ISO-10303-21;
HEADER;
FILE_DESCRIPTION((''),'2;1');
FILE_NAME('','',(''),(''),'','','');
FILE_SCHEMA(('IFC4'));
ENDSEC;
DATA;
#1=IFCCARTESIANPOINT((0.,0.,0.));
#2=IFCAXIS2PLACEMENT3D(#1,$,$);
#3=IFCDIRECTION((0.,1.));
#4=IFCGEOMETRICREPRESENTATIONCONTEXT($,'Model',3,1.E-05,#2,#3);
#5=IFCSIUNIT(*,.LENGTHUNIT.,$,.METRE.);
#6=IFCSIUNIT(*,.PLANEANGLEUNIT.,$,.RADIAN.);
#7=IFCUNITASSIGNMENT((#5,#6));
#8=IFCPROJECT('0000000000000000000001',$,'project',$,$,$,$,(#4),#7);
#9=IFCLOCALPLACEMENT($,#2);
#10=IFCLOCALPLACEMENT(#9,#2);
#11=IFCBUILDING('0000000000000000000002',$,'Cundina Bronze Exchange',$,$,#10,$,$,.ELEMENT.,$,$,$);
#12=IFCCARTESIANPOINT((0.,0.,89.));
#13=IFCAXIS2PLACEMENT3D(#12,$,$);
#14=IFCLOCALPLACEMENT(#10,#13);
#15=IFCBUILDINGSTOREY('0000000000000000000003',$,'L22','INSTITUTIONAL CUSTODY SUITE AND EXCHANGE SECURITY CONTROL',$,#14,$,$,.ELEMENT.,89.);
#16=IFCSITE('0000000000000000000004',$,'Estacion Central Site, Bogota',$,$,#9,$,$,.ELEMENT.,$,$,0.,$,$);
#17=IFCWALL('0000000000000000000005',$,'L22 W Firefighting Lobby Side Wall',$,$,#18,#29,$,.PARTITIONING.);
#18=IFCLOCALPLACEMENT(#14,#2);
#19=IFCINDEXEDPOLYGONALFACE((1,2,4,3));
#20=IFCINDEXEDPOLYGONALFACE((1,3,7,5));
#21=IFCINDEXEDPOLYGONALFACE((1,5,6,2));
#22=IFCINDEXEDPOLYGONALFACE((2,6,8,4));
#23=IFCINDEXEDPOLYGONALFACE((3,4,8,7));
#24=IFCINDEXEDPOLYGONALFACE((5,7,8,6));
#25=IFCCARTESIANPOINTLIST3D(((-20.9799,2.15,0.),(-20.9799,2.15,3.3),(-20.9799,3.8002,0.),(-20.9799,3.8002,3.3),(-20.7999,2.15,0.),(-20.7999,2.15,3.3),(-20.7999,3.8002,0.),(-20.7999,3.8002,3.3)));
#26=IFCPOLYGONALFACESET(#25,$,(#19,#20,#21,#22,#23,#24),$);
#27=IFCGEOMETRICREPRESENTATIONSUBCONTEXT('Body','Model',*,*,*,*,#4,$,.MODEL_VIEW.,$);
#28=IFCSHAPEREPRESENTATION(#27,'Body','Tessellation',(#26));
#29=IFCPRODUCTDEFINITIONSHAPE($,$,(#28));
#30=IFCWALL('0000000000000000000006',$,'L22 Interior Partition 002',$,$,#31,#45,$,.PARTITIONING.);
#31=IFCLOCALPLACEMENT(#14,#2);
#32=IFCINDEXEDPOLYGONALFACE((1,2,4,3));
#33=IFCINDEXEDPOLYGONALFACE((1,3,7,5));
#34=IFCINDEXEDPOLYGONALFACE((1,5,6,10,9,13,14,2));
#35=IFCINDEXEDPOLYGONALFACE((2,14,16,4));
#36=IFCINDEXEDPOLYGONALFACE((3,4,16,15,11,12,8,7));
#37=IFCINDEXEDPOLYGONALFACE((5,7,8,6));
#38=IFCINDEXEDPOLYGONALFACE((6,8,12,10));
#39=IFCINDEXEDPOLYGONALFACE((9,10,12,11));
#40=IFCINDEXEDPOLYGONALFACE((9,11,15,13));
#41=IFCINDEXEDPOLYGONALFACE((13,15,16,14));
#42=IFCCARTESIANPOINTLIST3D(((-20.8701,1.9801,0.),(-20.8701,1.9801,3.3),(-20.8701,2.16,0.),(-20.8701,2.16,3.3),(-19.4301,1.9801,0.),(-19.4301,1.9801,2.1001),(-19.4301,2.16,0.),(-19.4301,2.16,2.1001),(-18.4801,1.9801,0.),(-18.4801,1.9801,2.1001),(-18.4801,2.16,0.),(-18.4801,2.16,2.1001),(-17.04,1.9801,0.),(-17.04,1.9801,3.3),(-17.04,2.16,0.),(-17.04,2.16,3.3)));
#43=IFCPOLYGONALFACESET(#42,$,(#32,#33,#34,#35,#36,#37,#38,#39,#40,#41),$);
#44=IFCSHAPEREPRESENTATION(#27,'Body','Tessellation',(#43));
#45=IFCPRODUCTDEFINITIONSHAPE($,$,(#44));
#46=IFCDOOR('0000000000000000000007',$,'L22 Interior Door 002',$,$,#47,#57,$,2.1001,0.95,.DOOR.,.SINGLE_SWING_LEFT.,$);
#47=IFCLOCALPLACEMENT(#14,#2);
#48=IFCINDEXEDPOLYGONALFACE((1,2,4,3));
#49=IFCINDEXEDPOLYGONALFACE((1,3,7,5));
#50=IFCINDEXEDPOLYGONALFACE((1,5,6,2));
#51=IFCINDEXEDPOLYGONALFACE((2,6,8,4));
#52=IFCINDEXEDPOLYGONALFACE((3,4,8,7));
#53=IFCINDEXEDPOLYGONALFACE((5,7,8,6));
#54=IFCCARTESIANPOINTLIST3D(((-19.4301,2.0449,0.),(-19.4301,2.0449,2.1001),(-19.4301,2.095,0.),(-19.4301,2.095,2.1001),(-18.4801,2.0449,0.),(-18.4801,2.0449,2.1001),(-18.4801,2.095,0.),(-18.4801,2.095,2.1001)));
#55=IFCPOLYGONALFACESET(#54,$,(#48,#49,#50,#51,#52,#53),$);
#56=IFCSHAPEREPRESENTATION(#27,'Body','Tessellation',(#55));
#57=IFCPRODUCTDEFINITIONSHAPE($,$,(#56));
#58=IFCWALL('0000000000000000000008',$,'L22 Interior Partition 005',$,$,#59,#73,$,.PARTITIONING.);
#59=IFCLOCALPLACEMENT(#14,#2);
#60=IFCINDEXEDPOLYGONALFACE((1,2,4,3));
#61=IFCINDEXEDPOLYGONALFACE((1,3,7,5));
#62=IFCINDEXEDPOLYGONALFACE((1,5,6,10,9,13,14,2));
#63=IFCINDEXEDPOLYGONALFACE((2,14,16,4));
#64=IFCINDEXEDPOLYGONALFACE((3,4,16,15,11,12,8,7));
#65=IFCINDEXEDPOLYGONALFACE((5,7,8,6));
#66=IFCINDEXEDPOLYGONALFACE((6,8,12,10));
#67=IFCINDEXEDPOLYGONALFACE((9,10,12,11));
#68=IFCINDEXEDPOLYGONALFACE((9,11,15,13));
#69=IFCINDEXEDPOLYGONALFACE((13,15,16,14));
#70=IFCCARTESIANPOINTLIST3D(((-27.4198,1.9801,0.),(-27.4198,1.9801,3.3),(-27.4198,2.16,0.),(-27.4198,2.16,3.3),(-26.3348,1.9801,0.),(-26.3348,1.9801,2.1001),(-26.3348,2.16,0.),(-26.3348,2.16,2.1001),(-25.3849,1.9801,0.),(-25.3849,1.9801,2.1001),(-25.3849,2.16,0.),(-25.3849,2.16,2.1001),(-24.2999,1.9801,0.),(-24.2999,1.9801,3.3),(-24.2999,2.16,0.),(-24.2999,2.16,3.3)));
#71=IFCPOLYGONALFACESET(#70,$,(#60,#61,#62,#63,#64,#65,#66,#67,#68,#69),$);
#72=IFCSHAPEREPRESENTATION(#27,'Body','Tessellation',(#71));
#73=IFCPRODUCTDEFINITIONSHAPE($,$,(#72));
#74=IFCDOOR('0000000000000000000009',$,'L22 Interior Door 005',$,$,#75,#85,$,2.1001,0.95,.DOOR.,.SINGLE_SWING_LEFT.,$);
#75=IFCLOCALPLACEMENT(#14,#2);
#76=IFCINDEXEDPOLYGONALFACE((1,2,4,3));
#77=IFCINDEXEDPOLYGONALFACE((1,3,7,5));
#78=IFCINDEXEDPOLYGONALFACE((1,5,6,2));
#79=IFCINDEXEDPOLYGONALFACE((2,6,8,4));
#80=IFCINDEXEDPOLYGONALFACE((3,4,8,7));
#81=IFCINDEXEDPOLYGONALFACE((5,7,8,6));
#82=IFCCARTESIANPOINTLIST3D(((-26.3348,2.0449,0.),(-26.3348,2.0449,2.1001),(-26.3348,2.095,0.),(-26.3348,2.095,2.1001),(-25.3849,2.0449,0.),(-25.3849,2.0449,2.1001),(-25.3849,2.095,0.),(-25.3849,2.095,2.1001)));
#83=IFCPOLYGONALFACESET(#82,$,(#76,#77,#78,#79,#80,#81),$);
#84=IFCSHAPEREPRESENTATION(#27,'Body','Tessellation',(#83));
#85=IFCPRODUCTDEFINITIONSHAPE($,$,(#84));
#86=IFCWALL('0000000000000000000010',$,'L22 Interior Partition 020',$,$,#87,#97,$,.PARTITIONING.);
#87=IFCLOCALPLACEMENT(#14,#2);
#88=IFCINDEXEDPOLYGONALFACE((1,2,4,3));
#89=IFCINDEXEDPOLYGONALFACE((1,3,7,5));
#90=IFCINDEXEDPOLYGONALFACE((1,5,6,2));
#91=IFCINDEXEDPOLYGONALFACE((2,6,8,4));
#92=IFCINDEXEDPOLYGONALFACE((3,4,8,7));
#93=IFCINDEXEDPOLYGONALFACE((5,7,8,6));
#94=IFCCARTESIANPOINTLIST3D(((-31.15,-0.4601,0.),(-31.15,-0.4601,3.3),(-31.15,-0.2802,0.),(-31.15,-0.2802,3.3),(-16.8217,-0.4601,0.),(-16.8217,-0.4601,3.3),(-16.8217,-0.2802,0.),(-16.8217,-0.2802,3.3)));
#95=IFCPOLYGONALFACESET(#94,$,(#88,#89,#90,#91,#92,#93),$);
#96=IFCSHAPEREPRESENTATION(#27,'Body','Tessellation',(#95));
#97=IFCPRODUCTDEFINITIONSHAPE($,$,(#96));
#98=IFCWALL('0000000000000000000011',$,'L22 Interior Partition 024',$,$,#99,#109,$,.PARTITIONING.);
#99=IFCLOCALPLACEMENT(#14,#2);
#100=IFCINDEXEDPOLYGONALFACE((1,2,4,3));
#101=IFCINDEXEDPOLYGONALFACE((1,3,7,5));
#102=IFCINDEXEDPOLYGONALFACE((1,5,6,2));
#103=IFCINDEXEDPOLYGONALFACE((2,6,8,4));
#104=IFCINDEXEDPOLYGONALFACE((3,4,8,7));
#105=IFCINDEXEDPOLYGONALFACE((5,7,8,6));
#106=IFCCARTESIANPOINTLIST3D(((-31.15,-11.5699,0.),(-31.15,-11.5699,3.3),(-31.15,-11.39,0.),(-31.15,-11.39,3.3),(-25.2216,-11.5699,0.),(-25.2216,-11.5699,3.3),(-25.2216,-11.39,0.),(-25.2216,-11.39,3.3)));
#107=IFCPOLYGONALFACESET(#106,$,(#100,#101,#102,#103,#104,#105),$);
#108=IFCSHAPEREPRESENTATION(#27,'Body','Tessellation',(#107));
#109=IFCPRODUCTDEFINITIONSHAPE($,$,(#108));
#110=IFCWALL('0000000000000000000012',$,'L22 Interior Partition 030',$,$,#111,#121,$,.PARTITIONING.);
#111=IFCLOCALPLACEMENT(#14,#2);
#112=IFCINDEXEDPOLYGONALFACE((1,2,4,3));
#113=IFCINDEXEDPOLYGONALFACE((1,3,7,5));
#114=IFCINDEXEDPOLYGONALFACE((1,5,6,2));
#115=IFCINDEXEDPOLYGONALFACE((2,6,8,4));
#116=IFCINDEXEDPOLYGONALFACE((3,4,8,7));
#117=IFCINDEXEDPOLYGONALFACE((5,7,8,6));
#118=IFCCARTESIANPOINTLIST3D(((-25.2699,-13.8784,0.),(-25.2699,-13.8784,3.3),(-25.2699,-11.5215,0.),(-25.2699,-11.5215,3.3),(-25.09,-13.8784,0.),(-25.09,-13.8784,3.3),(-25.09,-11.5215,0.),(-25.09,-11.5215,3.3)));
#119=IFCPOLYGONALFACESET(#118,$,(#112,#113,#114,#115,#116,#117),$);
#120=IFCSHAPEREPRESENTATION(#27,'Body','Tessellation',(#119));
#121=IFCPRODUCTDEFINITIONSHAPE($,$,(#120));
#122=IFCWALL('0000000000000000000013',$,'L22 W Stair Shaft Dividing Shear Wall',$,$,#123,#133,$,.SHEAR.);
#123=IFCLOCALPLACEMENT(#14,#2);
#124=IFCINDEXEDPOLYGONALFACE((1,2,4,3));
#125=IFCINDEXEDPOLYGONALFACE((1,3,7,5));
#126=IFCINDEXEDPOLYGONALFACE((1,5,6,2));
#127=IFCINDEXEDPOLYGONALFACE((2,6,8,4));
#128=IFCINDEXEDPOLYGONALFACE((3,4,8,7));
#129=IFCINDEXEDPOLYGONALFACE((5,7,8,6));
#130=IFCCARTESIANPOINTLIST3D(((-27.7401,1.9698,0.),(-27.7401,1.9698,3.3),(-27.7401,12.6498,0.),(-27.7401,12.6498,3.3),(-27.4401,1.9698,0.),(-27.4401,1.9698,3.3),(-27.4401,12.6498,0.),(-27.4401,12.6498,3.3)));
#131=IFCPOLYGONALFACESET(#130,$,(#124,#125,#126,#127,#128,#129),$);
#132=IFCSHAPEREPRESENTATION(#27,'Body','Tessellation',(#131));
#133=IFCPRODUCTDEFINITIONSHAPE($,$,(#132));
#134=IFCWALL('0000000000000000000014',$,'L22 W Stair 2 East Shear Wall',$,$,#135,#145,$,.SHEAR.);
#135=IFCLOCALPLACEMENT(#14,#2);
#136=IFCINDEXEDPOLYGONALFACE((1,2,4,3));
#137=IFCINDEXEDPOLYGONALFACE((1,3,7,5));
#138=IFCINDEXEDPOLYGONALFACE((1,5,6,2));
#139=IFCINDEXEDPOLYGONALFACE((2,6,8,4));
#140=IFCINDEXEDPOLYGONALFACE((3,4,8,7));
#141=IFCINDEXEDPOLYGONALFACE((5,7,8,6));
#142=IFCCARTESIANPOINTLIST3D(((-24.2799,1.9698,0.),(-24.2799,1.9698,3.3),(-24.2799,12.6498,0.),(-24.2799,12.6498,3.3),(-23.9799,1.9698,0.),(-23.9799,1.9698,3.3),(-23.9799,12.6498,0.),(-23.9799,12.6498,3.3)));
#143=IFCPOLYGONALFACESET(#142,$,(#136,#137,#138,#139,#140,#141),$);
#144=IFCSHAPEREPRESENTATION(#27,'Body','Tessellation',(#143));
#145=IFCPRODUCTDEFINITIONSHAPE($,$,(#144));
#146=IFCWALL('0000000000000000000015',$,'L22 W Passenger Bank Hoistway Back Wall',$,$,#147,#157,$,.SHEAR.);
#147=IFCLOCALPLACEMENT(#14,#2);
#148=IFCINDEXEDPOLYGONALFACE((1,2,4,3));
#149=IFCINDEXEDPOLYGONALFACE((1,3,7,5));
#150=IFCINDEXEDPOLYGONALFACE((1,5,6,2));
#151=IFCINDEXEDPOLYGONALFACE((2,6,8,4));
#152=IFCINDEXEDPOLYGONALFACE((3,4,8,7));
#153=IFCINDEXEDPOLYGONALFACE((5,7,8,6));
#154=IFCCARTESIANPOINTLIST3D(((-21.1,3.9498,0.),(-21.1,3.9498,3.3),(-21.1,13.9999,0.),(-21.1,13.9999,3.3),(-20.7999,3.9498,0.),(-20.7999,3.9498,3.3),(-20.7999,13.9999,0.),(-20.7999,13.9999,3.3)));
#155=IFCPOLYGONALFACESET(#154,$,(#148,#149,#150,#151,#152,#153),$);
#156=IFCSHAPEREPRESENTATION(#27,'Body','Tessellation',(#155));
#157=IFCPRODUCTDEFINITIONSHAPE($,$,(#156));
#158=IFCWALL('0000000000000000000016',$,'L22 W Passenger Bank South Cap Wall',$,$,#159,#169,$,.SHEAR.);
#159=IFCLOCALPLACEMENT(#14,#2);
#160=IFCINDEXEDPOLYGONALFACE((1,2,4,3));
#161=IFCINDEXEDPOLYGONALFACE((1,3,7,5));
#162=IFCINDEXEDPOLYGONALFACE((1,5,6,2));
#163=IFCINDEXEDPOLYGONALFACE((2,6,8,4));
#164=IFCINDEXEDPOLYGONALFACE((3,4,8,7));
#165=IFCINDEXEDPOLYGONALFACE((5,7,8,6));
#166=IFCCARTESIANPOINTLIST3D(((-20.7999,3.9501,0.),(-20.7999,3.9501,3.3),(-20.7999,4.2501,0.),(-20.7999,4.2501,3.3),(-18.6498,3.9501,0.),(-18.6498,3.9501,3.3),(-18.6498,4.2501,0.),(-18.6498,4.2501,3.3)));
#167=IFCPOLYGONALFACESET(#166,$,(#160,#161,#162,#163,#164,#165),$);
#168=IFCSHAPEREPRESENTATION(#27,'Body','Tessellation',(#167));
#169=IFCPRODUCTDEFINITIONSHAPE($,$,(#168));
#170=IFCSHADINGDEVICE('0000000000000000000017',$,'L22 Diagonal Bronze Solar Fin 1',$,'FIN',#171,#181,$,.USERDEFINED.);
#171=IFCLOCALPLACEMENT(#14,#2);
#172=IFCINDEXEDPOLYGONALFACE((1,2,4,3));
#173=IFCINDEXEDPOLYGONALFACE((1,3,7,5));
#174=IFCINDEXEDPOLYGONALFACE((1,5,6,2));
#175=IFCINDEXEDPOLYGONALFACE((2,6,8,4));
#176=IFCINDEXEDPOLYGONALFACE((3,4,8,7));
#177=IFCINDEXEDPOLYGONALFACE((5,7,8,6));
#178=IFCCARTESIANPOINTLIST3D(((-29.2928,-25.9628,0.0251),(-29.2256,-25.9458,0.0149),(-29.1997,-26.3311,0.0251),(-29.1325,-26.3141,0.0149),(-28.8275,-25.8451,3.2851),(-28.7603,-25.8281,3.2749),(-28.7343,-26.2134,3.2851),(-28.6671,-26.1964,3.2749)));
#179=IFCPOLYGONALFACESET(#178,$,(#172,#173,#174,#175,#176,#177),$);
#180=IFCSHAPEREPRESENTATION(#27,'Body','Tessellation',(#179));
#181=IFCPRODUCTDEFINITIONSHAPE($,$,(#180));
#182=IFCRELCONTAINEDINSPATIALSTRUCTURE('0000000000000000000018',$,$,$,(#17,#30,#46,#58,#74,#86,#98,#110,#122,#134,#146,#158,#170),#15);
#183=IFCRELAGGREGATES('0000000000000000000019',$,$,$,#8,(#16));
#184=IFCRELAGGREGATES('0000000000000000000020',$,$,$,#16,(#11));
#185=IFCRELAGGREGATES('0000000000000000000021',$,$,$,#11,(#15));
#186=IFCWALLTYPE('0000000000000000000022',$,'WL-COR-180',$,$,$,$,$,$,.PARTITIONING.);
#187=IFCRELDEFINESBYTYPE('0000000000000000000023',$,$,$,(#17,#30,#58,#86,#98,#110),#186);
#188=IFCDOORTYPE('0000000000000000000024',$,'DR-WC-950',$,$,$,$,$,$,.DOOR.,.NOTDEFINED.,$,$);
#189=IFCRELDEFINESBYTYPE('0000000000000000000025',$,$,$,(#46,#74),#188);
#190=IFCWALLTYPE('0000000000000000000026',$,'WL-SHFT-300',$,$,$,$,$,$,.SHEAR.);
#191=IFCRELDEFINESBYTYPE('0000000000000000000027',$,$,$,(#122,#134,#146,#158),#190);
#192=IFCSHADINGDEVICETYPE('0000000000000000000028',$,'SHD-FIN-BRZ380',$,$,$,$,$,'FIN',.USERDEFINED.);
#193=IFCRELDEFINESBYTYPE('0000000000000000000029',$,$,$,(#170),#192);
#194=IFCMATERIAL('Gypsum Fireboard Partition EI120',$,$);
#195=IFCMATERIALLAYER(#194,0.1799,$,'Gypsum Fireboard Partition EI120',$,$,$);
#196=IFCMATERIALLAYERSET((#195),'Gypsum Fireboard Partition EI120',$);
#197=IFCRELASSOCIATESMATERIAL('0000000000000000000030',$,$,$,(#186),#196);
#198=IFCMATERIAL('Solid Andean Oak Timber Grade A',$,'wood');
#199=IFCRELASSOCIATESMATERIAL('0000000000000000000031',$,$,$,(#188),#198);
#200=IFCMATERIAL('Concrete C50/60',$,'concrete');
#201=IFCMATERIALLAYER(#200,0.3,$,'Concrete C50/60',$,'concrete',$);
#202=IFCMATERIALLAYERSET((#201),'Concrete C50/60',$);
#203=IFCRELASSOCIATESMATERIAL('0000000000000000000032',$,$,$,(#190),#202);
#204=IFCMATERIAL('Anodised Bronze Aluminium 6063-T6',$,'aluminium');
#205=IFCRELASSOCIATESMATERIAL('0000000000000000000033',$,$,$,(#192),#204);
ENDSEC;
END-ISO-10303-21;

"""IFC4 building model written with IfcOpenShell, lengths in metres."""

from ifc_helpers import new_model, si_unit, direction, frame, frame_2d, origin, origin_2d, place, context, subcontext, project, spatial, rectangle, extrude, material, layer, layer_set, material_profile, profile_set, type_object, element, fill, save


model = new_model("IFC4")

# Units and contexts
model_context = context("Model", 3, precision=1e-05, world=origin(), true_north=direction((0.0, 1.0)))
body_context = subcontext(model_context, "Body", "Model", "MODEL_VIEW")
ifc_project = project(units=[si_unit("LENGTHUNIT", "METRE"), si_unit("PLANEANGLEUNIT", "RADIAN")], contexts=[model_context])

# Site, building, storey
site_placement = place(None, origin())
site = spatial("IfcSite", under=ifc_project, at=site_placement, Name="Estacion Central Site, Bogota", CompositionType="ELEMENT", RefElevation=0.0)
building_placement = place(site_placement, origin())
building = spatial("IfcBuilding", under=site, at=building_placement, Name="Cundina Bronze Exchange", CompositionType="ELEMENT")
storey_placement = place(building_placement, frame((0.0, 0.0, 89.0)))
storey = spatial("IfcBuildingStorey", under=building, at=storey_placement, Name="L22", Description="INSTITUTIONAL CUSTODY SUITE AND EXCHANGE SECURITY CONTROL", CompositionType="ELEMENT", Elevation=89.0)

# Shared definitions
ifc_material_1 = material(Name="Anodised Bronze Aluminium 6063-T6", Category="aluminium")

# Wall
ifc_material_2 = material(Name="Gypsum Fireboard Partition EI120")
ifc_layer_1 = layer(ifc_material_2, 0.1799, Name="Gypsum Fireboard Partition EI120")
ifc_layer_set_1 = layer_set([ifc_layer_1], Name="Gypsum Fireboard Partition EI120")
wall_type_1 = type_object("IfcWallType", Name="WL-COR-180", PredefinedType="PARTITIONING", material=ifc_layer_set_1)
wall_1_placement = place(storey_placement, frame((-20.8899, 2.1499, 0.0), z_axis=(0.0, 0.0, 1.0), x_axis=(0.0, 1.0, 0.0)))
element("IfcWall", 1, at=wall_1_placement, inside=storey, type_object=wall_type_1, Name="L22 W Firefighting Lobby Side Wall", PredefinedType="PARTITIONING", context=body_context, shape_type="SweptSolid", body=[
    extrude(rectangle(XDim=1.6501, YDim=0.1799, at=frame_2d((0.8252, 0.0))), origin(), (0.0, 0.0, 1.0), 3.3),
])

# Walls, openings, doors
wall_2_placement = place(storey_placement, frame((-20.8701, 2.0701, 0.0), z_axis=(0.0, 0.0, 1.0), x_axis=(1.0, 0.0, 0.0)))
wall_2 = element("IfcWall", 2, at=wall_2_placement, inside=storey, type_object=wall_type_1, Name="L22 Interior Partition 002", PredefinedType="PARTITIONING", context=body_context, shape_type="SweptSolid", body=[
    extrude(rectangle(XDim=3.8301, YDim=0.1799, at=frame_2d((1.915, 0.0))), origin(), (0.0, 0.0, 1.0), 3.3),
])
opening_1_placement = place(wall_2_placement, frame((1.4399, 0.0, 0.0)))
opening_1 = element("IfcOpeningElement", 3, at=opening_1_placement, cuts=wall_2, PredefinedType="OPENING", context=body_context, shape_type="SweptSolid", body=[
    extrude(rectangle(XDim=0.95, YDim=2.1001, at=frame_2d((0.4751, 1.05))), frame((0.0, 0.0999, 0.0), z_axis=(0.0, -1.0, 0.0), x_axis=(1.0, 0.0, 0.0)), (0.0, 0.0, 1.0), 0.2),
])
ifc_material_3 = material(Name="Solid Andean Oak Timber Grade A", Category="wood")
door_type_1 = type_object("IfcDoorType", Name="DR-WC-950", OperationType="NOTDEFINED", PredefinedType="DOOR", material=ifc_material_3)
door_1_placement = place(opening_1_placement, origin())
door_1 = element("IfcDoor", 4, at=door_1_placement, inside=storey, type_object=door_type_1, Name="L22 Interior Door 002", OperationType="SINGLE_SWING_LEFT", OverallHeight=2.1001, OverallWidth=0.95, PredefinedType="DOOR", context=body_context, shape_type="SweptSolid", body=[
    extrude(rectangle(XDim=0.95, YDim=2.1001, at=frame_2d((0.4751, 1.05))), frame((0.0, 0.0249, 0.0), z_axis=(0.0, -1.0, 0.0), x_axis=(1.0, 0.0, 0.0)), (0.0, 0.0, 1.0), 0.05),
])
fill(opening_1, door_1)
wall_3_placement = place(storey_placement, frame((-27.4199, 2.0701, 0.0), z_axis=(0.0, 0.0, 1.0), x_axis=(1.0, 0.0, 0.0)))
wall_3 = element("IfcWall", 5, at=wall_3_placement, inside=storey, type_object=wall_type_1, Name="L22 Interior Partition 005", PredefinedType="PARTITIONING", context=body_context, shape_type="SweptSolid", body=[
    extrude(rectangle(XDim=3.1199, YDim=0.1799, at=frame_2d((1.5601, 0.0))), origin(), (0.0, 0.0, 1.0), 3.3),
])
opening_2_placement = place(wall_3_placement, frame((1.085, 0.0, 0.0)))
opening_2 = element("IfcOpeningElement", 6, at=opening_2_placement, cuts=wall_3, PredefinedType="OPENING", context=body_context, shape_type="SweptSolid", body=[
    extrude(rectangle(XDim=0.95, YDim=2.1001, at=frame_2d((0.4751, 1.05))), frame((0.0, 0.0999, 0.0), z_axis=(0.0, -1.0, 0.0), x_axis=(1.0, 0.0, 0.0)), (0.0, 0.0, 1.0), 0.2),
])
door_2_placement = place(opening_2_placement, origin())
door_2 = element("IfcDoor", 7, at=door_2_placement, inside=storey, type_object=door_type_1, Name="L22 Interior Door 005", OperationType="SINGLE_SWING_LEFT", OverallHeight=2.1001, OverallWidth=0.95, PredefinedType="DOOR", context=body_context, shape_type="SweptSolid", body=[
    extrude(rectangle(XDim=0.95, YDim=2.1001, at=frame_2d((0.4751, 1.05))), frame((0.0, 0.0249, 0.0), z_axis=(0.0, -1.0, 0.0), x_axis=(1.0, 0.0, 0.0)), (0.0, 0.0, 1.0), 0.05),
])
fill(opening_2, door_2)

# Walls
wall_4_placement = place(storey_placement, frame((-31.1499, -0.3701, 0.0), z_axis=(0.0, 0.0, 1.0), x_axis=(1.0, 0.0, 0.0)))
element("IfcWall", 8, at=wall_4_placement, inside=storey, type_object=wall_type_1, Name="L22 Interior Partition 020", PredefinedType="PARTITIONING", context=body_context, shape_type="SweptSolid", body=[
    extrude(rectangle(XDim=14.3284, YDim=0.1799, at=frame_2d((7.1641, 0.0))), origin(), (0.0, 0.0, 1.0), 3.3),
])
wall_5_placement = place(storey_placement, frame((-25.2214, -11.48, 0.0), z_axis=(0.0, 0.0, 1.0), x_axis=(-1.0, 0.0, 0.0)))
element("IfcWall", 9, at=wall_5_placement, inside=storey, type_object=wall_type_1, Name="L22 Interior Partition 024", PredefinedType="PARTITIONING", context=body_context, shape_type="SweptSolid", body=[
    extrude(rectangle(XDim=5.9285, YDim=0.1799, at=frame_2d((2.9644, 0.0))), origin(), (0.0, 0.0, 1.0), 3.3),
])
wall_6_placement = place(storey_placement, frame((-25.1799, -13.8784, 0.0), z_axis=(0.0, 0.0, 1.0), x_axis=(0.0, 1.0, 0.0)))
element("IfcWall", 10, at=wall_6_placement, inside=storey, type_object=wall_type_1, Name="L22 Interior Partition 030", PredefinedType="PARTITIONING", context=body_context, shape_type="SweptSolid", body=[
    extrude(rectangle(XDim=2.3569, YDim=0.1799, at=frame_2d((1.1785, 0.0))), origin(), (0.0, 0.0, 1.0), 3.3),
])
ifc_material_4 = material(Name="Concrete C50/60", Category="concrete")
ifc_layer_2 = layer(ifc_material_4, 0.3, Name="Concrete C50/60", Category="concrete")
ifc_layer_set_2 = layer_set([ifc_layer_2], Name="Concrete C50/60")
wall_type_2 = type_object("IfcWallType", Name="WL-SHFT-300", PredefinedType="SHEAR", material=ifc_layer_set_2)
for number, where, z_axis, x_axis, name in (
    (11, (-27.5901, 1.97, 0.0), (0.0, 0.0, 1.0), (0.0, 1.0, 0.0), "L22 W Stair Shaft Dividing Shear Wall"),
    (12, (-24.1299, 1.97, 0.0), (0.0, 0.0, 1.0), (0.0, 1.0, 0.0), "L22 W Stair 2 East Shear Wall"),
):
    element("IfcWall", number, at=place(storey_placement, frame(where, z_axis=z_axis, x_axis=x_axis)), inside=storey, type_object=wall_type_2, Name=name, PredefinedType="SHEAR", context=body_context, shape_type="SweptSolid", body=[
        extrude(rectangle(XDim=10.6799, YDim=0.3, at=frame_2d((5.3398, 0.0))), origin(), (0.0, 0.0, 1.0), 3.3),
    ])
wall_7_placement = place(storey_placement, frame((-20.95, 3.95, 0.0), z_axis=(0.0, 0.0, 1.0), x_axis=(0.0, 1.0, 0.0)))
element("IfcWall", 13, at=wall_7_placement, inside=storey, type_object=wall_type_2, Name="L22 W Passenger Bank Hoistway Back Wall", PredefinedType="SHEAR", context=body_context, shape_type="SweptSolid", body=[
    extrude(rectangle(XDim=10.05, YDim=0.3, at=frame_2d((5.0249, 0.0))), origin(), (0.0, 0.0, 1.0), 3.3),
])
wall_8_placement = place(storey_placement, frame((-20.8, 4.1001, 0.0), z_axis=(0.0, 0.0, 1.0), x_axis=(1.0, 0.0, 0.0)))
element("IfcWall", 14, at=wall_8_placement, inside=storey, type_object=wall_type_2, Name="L22 W Passenger Bank South Cap Wall", PredefinedType="SHEAR", context=body_context, shape_type="SweptSolid", body=[
    extrude(rectangle(XDim=2.1501, YDim=0.3, at=frame_2d((1.0752, 0.0))), origin(), (0.0, 0.0, 1.0), 3.3),
])

# Shading device
ifc_material_profile_1 = material_profile(ifc_material_1, rectangle(XDim=0.0701, YDim=0.3799, at=origin_2d()), Name="FIN70X380", Category="aluminium")
ifc_profile_set_1 = profile_set([ifc_material_profile_1], Name="Anodised Bronze Aluminium 6063-T6")
shading_device_type = type_object("IfcShadingDeviceType", Name="SHD-FIN-BRZ380", ElementType="FIN", PredefinedType="USERDEFINED", material=ifc_profile_set_1)
shading_device_placement = place(storey_placement, frame((-29.2126, -26.1384, 0.02), z_axis=(0.141217, 0.035712, 0.989334), x_axis=(-0.959141, -0.242553, 0.145663)))
element("IfcShadingDevice", 15, at=shading_device_placement, inside=storey, type_object=shading_device_type, Name="L22 Diagonal Bronze Solar Fin 1", ObjectType="FIN", PredefinedType="USERDEFINED", context=body_context, shape_type="SweptSolid", body=[
    extrude(rectangle(XDim=0.0701, YDim=0.3799, at=origin_2d()), origin(), (0.0, 0.0, 1.0), 3.2952),
])

save(model, "model.ifc")
